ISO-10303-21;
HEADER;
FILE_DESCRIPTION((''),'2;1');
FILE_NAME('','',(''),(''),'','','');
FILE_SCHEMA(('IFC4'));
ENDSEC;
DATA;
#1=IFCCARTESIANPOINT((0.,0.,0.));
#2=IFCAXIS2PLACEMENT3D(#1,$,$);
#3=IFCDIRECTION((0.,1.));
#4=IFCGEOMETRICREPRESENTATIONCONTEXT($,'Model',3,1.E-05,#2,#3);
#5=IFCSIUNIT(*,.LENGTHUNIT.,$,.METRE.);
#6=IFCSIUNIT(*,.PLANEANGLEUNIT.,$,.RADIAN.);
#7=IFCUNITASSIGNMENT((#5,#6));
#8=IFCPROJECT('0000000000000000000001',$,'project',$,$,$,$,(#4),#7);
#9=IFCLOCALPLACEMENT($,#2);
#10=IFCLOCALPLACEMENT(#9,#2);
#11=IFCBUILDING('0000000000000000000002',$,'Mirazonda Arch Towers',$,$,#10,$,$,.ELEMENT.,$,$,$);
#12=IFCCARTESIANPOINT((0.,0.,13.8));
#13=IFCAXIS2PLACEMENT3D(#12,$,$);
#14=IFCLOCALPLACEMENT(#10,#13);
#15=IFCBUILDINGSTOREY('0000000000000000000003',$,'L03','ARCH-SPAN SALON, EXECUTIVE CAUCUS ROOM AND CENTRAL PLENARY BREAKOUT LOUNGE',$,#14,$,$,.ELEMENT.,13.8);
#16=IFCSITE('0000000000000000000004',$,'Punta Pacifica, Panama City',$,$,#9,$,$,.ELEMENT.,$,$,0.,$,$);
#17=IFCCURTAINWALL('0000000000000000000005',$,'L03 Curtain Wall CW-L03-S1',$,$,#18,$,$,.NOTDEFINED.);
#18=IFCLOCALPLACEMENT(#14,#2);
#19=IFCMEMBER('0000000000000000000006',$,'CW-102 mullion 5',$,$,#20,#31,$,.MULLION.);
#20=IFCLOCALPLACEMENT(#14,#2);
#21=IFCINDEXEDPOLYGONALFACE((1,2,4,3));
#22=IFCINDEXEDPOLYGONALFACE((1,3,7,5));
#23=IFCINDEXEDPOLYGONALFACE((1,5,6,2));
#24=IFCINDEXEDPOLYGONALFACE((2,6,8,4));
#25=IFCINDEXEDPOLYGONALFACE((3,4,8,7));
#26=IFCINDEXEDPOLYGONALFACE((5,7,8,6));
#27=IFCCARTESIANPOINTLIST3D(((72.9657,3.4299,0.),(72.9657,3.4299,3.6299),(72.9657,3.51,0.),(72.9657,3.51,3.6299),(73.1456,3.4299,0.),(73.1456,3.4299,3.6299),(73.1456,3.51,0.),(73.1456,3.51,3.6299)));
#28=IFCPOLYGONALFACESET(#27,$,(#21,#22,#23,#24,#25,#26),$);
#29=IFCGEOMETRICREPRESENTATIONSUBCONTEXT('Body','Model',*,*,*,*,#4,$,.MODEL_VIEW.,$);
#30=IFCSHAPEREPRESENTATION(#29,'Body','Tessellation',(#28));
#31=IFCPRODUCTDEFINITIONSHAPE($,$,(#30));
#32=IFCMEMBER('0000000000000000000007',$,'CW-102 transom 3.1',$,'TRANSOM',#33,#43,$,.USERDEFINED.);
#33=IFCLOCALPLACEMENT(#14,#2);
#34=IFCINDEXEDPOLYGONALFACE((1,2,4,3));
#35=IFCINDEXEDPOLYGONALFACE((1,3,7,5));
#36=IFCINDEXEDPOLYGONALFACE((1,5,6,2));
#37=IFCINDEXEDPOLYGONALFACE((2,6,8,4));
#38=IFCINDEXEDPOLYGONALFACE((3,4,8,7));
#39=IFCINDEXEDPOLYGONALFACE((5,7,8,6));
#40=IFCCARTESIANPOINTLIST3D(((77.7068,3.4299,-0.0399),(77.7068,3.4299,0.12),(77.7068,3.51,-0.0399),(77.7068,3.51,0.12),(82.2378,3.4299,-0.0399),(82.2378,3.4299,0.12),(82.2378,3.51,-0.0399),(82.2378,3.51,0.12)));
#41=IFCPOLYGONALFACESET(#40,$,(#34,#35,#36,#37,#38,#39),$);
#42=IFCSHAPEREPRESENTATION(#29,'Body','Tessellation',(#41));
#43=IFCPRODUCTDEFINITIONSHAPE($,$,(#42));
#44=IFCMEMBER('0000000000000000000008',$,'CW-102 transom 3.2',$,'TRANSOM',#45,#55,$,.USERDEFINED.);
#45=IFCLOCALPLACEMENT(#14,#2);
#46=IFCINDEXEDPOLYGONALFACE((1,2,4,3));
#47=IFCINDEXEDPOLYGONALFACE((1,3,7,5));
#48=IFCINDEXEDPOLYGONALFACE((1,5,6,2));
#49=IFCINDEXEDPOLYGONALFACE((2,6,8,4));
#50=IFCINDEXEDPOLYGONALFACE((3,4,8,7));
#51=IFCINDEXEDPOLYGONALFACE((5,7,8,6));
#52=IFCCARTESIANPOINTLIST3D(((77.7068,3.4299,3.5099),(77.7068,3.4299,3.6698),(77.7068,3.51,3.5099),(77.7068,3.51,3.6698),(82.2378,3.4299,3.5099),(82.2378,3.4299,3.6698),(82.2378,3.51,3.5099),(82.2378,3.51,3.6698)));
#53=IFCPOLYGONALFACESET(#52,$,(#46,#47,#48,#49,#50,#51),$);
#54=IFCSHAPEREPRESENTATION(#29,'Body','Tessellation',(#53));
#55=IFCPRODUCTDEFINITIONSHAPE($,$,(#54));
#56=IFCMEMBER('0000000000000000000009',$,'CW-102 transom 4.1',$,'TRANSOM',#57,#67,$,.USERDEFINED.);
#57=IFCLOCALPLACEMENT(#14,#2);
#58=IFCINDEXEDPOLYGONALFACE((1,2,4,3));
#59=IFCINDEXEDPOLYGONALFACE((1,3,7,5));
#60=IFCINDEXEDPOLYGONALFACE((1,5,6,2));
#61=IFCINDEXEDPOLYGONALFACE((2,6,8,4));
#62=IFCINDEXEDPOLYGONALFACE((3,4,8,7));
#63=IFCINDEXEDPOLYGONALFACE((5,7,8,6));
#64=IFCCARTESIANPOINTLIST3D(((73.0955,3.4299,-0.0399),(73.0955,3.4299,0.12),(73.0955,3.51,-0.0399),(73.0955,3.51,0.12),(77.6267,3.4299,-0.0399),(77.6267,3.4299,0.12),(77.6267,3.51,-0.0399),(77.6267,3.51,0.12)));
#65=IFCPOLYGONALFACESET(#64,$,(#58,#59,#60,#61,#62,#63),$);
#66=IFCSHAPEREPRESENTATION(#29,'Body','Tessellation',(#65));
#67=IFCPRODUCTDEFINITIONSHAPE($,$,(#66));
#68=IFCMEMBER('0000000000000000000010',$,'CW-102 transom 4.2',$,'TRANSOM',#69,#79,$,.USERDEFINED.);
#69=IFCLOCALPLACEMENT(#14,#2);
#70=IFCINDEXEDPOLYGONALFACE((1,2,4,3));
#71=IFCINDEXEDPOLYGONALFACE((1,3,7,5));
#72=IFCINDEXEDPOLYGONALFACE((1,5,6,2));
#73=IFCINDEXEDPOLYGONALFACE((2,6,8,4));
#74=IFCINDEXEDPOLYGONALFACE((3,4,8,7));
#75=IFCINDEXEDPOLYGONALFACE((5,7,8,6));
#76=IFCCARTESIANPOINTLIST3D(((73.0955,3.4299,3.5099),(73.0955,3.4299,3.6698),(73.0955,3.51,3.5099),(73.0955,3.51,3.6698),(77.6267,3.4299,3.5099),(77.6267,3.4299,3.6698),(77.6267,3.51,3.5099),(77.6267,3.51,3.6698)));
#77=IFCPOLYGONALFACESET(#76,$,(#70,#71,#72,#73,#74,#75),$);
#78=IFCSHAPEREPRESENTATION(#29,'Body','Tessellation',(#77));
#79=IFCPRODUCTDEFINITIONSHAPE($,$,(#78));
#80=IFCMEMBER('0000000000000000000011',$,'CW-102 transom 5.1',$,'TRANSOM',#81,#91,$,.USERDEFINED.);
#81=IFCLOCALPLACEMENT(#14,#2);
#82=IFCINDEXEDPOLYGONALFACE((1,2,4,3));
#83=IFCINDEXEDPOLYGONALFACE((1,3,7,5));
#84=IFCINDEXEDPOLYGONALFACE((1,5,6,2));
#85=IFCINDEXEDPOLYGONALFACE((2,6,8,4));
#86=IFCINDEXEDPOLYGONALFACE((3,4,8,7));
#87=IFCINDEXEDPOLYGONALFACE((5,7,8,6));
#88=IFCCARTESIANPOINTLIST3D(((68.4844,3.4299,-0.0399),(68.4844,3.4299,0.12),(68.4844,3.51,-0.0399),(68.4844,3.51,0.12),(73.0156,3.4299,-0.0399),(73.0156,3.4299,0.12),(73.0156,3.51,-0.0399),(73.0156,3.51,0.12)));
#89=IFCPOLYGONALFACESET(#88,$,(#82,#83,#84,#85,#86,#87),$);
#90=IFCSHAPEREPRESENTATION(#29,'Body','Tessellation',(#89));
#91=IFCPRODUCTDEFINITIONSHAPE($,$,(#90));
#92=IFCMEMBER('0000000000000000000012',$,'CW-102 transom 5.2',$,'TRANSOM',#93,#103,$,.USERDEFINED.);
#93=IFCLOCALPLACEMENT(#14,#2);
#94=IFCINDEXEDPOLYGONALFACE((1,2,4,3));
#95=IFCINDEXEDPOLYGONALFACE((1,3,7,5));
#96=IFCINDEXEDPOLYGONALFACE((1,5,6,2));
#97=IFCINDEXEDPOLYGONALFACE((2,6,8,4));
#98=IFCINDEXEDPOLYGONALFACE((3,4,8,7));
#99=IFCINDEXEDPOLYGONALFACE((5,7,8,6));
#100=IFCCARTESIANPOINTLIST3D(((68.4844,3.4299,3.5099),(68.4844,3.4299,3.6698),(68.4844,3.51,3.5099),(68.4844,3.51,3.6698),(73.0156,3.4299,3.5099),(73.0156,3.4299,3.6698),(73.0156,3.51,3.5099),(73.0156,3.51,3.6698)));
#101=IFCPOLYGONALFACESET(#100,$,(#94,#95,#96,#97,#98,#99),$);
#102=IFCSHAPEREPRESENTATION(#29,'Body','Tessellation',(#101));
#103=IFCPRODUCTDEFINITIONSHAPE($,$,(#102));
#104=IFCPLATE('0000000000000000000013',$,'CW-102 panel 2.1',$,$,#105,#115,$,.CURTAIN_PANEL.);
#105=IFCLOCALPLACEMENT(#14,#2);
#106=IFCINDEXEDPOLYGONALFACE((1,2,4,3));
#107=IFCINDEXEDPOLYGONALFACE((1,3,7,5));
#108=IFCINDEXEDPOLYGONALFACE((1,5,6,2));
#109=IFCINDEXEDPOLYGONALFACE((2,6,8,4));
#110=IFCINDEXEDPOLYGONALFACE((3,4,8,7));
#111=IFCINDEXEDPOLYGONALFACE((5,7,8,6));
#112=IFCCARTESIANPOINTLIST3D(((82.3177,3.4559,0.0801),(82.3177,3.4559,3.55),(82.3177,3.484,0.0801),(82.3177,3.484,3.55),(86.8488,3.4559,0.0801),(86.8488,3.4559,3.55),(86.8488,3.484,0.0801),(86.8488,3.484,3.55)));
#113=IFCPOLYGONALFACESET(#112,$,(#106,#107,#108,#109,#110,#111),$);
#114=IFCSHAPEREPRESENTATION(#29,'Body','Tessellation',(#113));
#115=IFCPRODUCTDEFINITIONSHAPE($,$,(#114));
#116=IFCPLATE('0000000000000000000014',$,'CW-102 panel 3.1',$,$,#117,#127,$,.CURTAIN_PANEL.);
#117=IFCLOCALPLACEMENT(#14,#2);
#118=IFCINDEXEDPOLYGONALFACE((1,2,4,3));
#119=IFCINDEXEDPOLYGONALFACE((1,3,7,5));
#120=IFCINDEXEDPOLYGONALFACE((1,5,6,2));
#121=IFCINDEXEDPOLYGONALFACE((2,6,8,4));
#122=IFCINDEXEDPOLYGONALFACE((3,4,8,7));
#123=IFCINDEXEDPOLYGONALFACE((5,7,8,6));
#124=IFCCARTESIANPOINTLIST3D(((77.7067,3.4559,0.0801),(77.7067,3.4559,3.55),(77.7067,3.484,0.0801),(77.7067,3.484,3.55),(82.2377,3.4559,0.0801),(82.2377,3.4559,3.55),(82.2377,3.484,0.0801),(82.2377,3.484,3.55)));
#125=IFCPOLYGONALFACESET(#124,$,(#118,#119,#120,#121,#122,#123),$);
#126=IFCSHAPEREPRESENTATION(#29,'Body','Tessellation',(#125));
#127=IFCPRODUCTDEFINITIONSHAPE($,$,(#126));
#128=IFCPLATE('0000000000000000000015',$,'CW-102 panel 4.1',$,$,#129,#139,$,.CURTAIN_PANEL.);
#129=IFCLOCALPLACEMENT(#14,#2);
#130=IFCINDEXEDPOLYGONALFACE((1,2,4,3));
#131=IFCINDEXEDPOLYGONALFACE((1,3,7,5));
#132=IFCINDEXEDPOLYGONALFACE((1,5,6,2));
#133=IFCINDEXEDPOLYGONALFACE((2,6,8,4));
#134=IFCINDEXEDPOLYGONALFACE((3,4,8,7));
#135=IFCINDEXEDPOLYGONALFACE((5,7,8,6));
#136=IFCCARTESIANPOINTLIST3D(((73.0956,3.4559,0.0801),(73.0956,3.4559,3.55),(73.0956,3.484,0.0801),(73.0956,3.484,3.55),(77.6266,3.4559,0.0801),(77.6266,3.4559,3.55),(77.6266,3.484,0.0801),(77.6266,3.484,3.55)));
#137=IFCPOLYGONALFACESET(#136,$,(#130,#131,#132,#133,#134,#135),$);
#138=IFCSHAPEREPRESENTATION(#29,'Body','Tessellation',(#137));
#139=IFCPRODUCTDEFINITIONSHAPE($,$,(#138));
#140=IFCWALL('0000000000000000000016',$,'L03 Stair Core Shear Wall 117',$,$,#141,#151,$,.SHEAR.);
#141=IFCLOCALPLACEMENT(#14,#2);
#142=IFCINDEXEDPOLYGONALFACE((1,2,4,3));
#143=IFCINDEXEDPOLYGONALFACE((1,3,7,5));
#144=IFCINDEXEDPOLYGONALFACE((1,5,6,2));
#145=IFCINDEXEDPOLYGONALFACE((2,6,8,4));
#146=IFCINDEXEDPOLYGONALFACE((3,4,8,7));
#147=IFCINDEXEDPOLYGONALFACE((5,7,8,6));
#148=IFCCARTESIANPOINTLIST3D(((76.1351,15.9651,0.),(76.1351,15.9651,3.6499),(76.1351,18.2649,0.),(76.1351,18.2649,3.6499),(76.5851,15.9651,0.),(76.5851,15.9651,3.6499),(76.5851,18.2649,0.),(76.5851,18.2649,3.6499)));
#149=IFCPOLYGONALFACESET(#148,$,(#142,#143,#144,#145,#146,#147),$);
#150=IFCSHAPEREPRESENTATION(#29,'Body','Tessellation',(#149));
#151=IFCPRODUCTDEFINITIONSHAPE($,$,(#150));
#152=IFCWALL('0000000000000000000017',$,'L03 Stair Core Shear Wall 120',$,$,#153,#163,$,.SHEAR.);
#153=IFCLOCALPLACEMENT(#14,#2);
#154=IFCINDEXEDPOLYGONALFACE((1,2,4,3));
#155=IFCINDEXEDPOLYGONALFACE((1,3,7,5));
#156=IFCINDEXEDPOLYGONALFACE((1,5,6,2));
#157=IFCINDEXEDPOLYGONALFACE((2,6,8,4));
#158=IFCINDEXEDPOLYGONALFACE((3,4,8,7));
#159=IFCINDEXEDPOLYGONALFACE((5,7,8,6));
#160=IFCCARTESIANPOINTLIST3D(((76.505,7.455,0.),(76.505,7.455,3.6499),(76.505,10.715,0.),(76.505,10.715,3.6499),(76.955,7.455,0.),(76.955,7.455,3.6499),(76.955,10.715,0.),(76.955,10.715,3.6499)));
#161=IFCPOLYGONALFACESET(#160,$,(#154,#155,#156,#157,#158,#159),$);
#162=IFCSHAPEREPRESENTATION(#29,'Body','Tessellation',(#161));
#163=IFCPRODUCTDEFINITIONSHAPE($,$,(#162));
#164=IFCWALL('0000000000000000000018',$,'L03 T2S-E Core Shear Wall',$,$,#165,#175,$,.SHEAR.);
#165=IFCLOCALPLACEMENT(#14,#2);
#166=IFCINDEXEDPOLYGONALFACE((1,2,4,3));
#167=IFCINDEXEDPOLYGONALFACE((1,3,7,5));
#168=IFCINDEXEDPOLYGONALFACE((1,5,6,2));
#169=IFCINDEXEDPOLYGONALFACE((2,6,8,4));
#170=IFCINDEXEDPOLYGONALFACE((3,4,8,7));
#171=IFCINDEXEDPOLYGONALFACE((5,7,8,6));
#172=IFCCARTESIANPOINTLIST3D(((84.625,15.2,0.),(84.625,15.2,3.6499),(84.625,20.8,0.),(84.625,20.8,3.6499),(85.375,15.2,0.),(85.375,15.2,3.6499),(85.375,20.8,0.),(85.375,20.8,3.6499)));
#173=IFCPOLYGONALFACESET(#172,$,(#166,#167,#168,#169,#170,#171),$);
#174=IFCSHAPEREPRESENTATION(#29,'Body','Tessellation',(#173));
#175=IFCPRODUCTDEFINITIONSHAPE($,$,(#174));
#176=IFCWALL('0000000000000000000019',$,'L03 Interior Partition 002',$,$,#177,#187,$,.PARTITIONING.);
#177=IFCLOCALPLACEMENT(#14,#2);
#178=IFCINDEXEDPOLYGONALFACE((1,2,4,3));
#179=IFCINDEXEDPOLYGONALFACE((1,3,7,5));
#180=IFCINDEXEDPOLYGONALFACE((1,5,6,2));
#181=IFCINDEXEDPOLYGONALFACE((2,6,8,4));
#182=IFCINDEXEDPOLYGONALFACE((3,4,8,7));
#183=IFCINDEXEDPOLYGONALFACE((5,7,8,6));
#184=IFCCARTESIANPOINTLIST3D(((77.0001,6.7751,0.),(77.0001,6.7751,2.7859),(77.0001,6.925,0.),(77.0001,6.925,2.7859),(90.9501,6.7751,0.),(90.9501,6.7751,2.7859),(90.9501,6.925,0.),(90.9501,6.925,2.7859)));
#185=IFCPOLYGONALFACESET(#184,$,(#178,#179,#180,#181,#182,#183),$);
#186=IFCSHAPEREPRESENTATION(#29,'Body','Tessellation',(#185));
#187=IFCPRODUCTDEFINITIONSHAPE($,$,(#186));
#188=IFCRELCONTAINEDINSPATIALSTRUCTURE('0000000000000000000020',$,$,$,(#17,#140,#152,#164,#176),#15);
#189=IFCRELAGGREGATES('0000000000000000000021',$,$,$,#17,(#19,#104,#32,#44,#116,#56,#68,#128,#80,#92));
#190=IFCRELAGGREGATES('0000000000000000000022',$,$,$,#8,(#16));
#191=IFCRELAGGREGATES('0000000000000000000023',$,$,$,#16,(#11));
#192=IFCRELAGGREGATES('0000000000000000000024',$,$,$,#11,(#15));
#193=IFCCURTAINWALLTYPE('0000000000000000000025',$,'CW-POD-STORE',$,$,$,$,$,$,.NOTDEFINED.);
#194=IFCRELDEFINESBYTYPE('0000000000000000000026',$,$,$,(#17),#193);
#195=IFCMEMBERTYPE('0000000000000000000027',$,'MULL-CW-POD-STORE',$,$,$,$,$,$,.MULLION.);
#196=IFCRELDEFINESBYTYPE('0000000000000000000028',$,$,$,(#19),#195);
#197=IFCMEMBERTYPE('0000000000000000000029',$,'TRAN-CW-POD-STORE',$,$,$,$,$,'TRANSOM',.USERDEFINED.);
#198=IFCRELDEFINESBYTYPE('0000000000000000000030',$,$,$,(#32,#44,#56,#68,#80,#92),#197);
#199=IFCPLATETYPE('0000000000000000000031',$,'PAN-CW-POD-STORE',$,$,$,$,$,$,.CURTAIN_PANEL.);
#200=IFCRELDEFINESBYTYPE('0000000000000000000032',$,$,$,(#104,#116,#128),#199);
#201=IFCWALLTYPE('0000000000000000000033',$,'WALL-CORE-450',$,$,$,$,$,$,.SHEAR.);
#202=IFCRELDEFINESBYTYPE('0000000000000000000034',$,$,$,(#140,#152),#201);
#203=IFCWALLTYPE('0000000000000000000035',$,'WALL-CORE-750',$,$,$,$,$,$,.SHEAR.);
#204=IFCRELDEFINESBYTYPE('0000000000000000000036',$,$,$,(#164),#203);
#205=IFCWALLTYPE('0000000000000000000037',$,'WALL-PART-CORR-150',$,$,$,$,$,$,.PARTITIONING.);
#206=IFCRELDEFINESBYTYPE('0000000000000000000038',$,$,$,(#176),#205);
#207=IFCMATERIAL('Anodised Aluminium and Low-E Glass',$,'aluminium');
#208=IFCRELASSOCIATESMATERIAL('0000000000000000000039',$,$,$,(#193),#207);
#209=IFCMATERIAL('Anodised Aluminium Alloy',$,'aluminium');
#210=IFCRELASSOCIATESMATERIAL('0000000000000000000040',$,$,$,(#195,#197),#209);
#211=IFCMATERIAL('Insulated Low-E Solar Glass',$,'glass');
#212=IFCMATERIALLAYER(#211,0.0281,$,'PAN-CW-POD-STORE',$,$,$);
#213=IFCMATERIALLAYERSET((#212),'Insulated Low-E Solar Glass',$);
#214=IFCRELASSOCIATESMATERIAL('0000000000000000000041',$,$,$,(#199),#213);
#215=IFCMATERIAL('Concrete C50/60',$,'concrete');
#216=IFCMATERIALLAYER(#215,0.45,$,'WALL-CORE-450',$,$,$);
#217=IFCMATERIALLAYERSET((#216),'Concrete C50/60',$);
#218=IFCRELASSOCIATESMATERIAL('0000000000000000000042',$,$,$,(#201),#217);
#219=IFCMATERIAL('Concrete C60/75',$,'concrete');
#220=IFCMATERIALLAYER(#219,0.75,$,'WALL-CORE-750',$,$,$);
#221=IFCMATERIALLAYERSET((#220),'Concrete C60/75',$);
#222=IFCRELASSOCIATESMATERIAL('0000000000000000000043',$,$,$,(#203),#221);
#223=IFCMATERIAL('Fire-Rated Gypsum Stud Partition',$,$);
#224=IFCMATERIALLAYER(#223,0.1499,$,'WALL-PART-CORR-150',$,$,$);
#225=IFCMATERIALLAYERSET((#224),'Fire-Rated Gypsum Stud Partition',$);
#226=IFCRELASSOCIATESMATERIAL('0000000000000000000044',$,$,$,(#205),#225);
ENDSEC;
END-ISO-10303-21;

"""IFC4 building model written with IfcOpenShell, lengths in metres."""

from ifc_helpers import new_model, si_unit, direction, frame, frame_2d, origin, origin_2d, place, context, subcontext, project, spatial, rectangle, extrude, material, layer, layer_set, material_profile, profile_set, type_object, element, aggregate, save


model = new_model("IFC4")

# Units and contexts
model_context = context("Model", 3, precision=1e-05, world=origin(), true_north=direction((0.0, 1.0)))
body_context = subcontext(model_context, "Body", "Model", "MODEL_VIEW")
ifc_project = project(units=[si_unit("LENGTHUNIT", "METRE"), si_unit("PLANEANGLEUNIT", "RADIAN")], contexts=[model_context])

# Site, building, storey
site_placement = place(None, origin())
site = spatial("IfcSite", under=ifc_project, at=site_placement, Name="Punta Pacifica, Panama City", CompositionType="ELEMENT", RefElevation=0.0)
building_placement = place(site_placement, origin())
building = spatial("IfcBuilding", under=site, at=building_placement, Name="Mirazonda Arch Towers", CompositionType="ELEMENT")
storey_placement = place(building_placement, frame((0.0, 0.0, 13.8)))
storey = spatial("IfcBuildingStorey", under=building, at=storey_placement, Name="L03", Description="ARCH-SPAN SALON, EXECUTIVE CAUCUS ROOM AND CENTRAL PLENARY BREAKOUT LOUNGE", CompositionType="ELEMENT", Elevation=13.8)

# Shared definitions
ifc_material_1 = material(Name="Concrete C60/75", Category="concrete")
ifc_material_2 = material(Name="Concrete C50/60", Category="concrete")

# Curtain wall, members, plates
ifc_material_3 = material(Name="Anodised Aluminium and Low-E Glass", Category="aluminium")
curtain_wall_type = type_object("IfcCurtainWallType", Name="CW-POD-STORE", PredefinedType="NOTDEFINED", material=ifc_material_3)
curtain_wall_placement = place(storey_placement, origin())
curtain_wall = element("IfcCurtainWall", 1, at=curtain_wall_placement, inside=storey, type_object=curtain_wall_type, Name="L03 Curtain Wall CW-L03-S1", PredefinedType="NOTDEFINED")
ifc_material_4 = material(Name="Anodised Aluminium Alloy", Category="aluminium")
ifc_material_profile_1 = material_profile(ifc_material_4, rectangle(XDim=0.0801, YDim=0.1799, at=origin_2d()), Name="ALU-MULL-80x180")
ifc_profile_set_1 = profile_set([ifc_material_profile_1], Name="Anodised Aluminium Alloy")
member_type_1 = type_object("IfcMemberType", Name="MULL-CW-POD-STORE", PredefinedType="MULLION", material=ifc_profile_set_1)
member_1_placement = place(storey_placement, frame((73.0557, 3.47, 0.0), z_axis=(0.0, 0.0, 1.0), x_axis=(0.0, -1.0, 0.0)))
member_1 = element("IfcMember", 2, at=member_1_placement, type_object=member_type_1, Name="CW-102 mullion 5", PredefinedType="MULLION", context=body_context, shape_type="SweptSolid", body=[
    extrude(rectangle(XDim=0.0801, YDim=0.1799, at=origin_2d()), origin(), (0.0, 0.0, 1.0), 3.6299),
])
ifc_material_profile_2 = material_profile(ifc_material_4, rectangle(XDim=0.0801, YDim=0.1599, at=origin_2d()), Name="ALU-TRAN-80x160")
ifc_profile_set_2 = profile_set([ifc_material_profile_2], Name="Anodised Aluminium Alloy")
member_type_2 = type_object("IfcMemberType", Name="TRAN-CW-POD-STORE", ElementType="TRANSOM", PredefinedType="USERDEFINED", material=ifc_profile_set_2)
member_2_placement = place(storey_placement, frame((82.2378, 3.47, 0.04), z_axis=(-1.0, 0.0, 0.0), x_axis=(0.0, -1.0, 0.0)))
member_2 = element("IfcMember", 3, at=member_2_placement, type_object=member_type_2, Name="CW-102 transom 3.1", ObjectType="TRANSOM", PredefinedType="USERDEFINED", context=body_context, shape_type="SweptSolid", body=[
    extrude(rectangle(XDim=0.0801, YDim=0.1599, at=origin_2d()), origin(), (0.0, 0.0, 1.0), 4.531),
])
member_3_placement = place(storey_placement, frame((82.2378, 3.47, 3.5898), z_axis=(-1.0, 0.0, 0.0), x_axis=(0.0, -1.0, 0.0)))
member_3 = element("IfcMember", 4, at=member_3_placement, type_object=member_type_2, Name="CW-102 transom 3.2", ObjectType="TRANSOM", PredefinedType="USERDEFINED", context=body_context, shape_type="SweptSolid", body=[
    extrude(rectangle(XDim=0.0801, YDim=0.1599, at=origin_2d()), origin(), (0.0, 0.0, 1.0), 4.531),
])
member_4_placement = place(storey_placement, frame((77.6267, 3.47, 0.04), z_axis=(-1.0, 0.0, 0.0), x_axis=(0.0, -1.0, 0.0)))
member_4 = element("IfcMember", 5, at=member_4_placement, type_object=member_type_2, Name="CW-102 transom 4.1", ObjectType="TRANSOM", PredefinedType="USERDEFINED", context=body_context, shape_type="SweptSolid", body=[
    extrude(rectangle(XDim=0.0801, YDim=0.1599, at=origin_2d()), origin(), (0.0, 0.0, 1.0), 4.5312),
])
member_5_placement = place(storey_placement, frame((77.6267, 3.47, 3.5898), z_axis=(-1.0, 0.0, 0.0), x_axis=(0.0, -1.0, 0.0)))
member_5 = element("IfcMember", 6, at=member_5_placement, type_object=member_type_2, Name="CW-102 transom 4.2", ObjectType="TRANSOM", PredefinedType="USERDEFINED", context=body_context, shape_type="SweptSolid", body=[
    extrude(rectangle(XDim=0.0801, YDim=0.1599, at=origin_2d()), origin(), (0.0, 0.0, 1.0), 4.5312),
])
member_6_placement = place(storey_placement, frame((73.0156, 3.47, 0.04), z_axis=(-1.0, 0.0, 0.0), x_axis=(0.0, -1.0, 0.0)))
member_6 = element("IfcMember", 7, at=member_6_placement, type_object=member_type_2, Name="CW-102 transom 5.1", ObjectType="TRANSOM", PredefinedType="USERDEFINED", context=body_context, shape_type="SweptSolid", body=[
    extrude(rectangle(XDim=0.0801, YDim=0.1599, at=origin_2d()), origin(), (0.0, 0.0, 1.0), 4.5312),
])
member_7_placement = place(storey_placement, frame((73.0156, 3.47, 3.5898), z_axis=(-1.0, 0.0, 0.0), x_axis=(0.0, -1.0, 0.0)))
member_7 = element("IfcMember", 8, at=member_7_placement, type_object=member_type_2, Name="CW-102 transom 5.2", ObjectType="TRANSOM", PredefinedType="USERDEFINED", context=body_context, shape_type="SweptSolid", body=[
    extrude(rectangle(XDim=0.0801, YDim=0.1599, at=origin_2d()), origin(), (0.0, 0.0, 1.0), 4.5312),
])
ifc_material_5 = material(Name="Insulated Low-E Solar Glass", Category="glass")
ifc_layer_1 = layer(ifc_material_5, 0.0281, Name="PAN-CW-POD-STORE")
ifc_layer_set_1 = layer_set([ifc_layer_1], Name="Insulated Low-E Solar Glass")
plate_type = type_object("IfcPlateType", Name="PAN-CW-POD-STORE", PredefinedType="CURTAIN_PANEL", material=ifc_layer_set_1)
plate_1_placement = place(storey_placement, frame((84.5833, 3.47, 0.0801), z_axis=(0.0, 0.0, 1.0), x_axis=(-1.0, 0.0, 0.0)))
plate_1 = element("IfcPlate", 9, at=plate_1_placement, type_object=plate_type, Name="CW-102 panel 2.1", PredefinedType="CURTAIN_PANEL", context=body_context, shape_type="SweptSolid", body=[
    extrude(rectangle(XDim=4.531, YDim=0.0281, at=origin_2d()), origin(), (0.0, 0.0, 1.0), 3.47),
])
plate_2_placement = place(storey_placement, frame((79.9722, 3.47, 0.0801), z_axis=(0.0, 0.0, 1.0), x_axis=(-1.0, 0.0, 0.0)))
plate_2 = element("IfcPlate", 10, at=plate_2_placement, type_object=plate_type, Name="CW-102 panel 3.1", PredefinedType="CURTAIN_PANEL", context=body_context, shape_type="SweptSolid", body=[
    extrude(rectangle(XDim=4.531, YDim=0.0281, at=origin_2d()), origin(), (0.0, 0.0, 1.0), 3.47),
])
plate_3_placement = place(storey_placement, frame((75.3611, 3.47, 0.0801), z_axis=(0.0, 0.0, 1.0), x_axis=(-1.0, 0.0, 0.0)))
plate_3 = element("IfcPlate", 11, at=plate_3_placement, type_object=plate_type, Name="CW-102 panel 4.1", PredefinedType="CURTAIN_PANEL", context=body_context, shape_type="SweptSolid", body=[
    extrude(rectangle(XDim=4.531, YDim=0.0281, at=origin_2d()), origin(), (0.0, 0.0, 1.0), 3.47),
])
aggregate(curtain_wall, [member_1, plate_1, member_2, member_3, plate_2, member_4, member_5, plate_3, member_6, member_7])

# Walls
ifc_layer_2 = layer(ifc_material_2, 0.45, Name="WALL-CORE-450")
ifc_layer_set_2 = layer_set([ifc_layer_2], Name="Concrete C50/60")
wall_type_1 = type_object("IfcWallType", Name="WALL-CORE-450", PredefinedType="SHEAR", material=ifc_layer_set_2)
wall_1_placement = place(storey_placement, frame((76.3601, 15.9651, 0.0), z_axis=(0.0, 0.0, 1.0), x_axis=(0.0, 1.0, 0.0)))
element("IfcWall", 12, at=wall_1_placement, inside=storey, type_object=wall_type_1, Name="L03 Stair Core Shear Wall 117", PredefinedType="SHEAR", context=body_context, shape_type="SweptSolid", body=[
    extrude(rectangle(XDim=2.2998, YDim=0.45, at=frame_2d((1.1499, 0.0))), origin(), (0.0, 0.0, 1.0), 3.6499),
])
wall_2_placement = place(storey_placement, frame((76.73, 7.4551, 0.0), z_axis=(0.0, 0.0, 1.0), x_axis=(0.0, 1.0, 0.0)))
element("IfcWall", 13, at=wall_2_placement, inside=storey, type_object=wall_type_1, Name="L03 Stair Core Shear Wall 120", PredefinedType="SHEAR", context=body_context, shape_type="SweptSolid", body=[
    extrude(rectangle(XDim=3.26, YDim=0.45, at=frame_2d((1.6299, 0.0))), origin(), (0.0, 0.0, 1.0), 3.6499),
])
ifc_layer_3 = layer(ifc_material_1, 0.75, Name="WALL-CORE-750")
ifc_layer_set_3 = layer_set([ifc_layer_3], Name="Concrete C60/75")
wall_type_2 = type_object("IfcWallType", Name="WALL-CORE-750", PredefinedType="SHEAR", material=ifc_layer_set_3)
wall_3_placement = place(storey_placement, frame((85.0, 15.2, 0.0), z_axis=(0.0, 0.0, 1.0), x_axis=(0.0, 1.0, 0.0)))
element("IfcWall", 14, at=wall_3_placement, inside=storey, type_object=wall_type_2, Name="L03 T2S-E Core Shear Wall", PredefinedType="SHEAR", context=body_context, shape_type="SweptSolid", body=[
    extrude(rectangle(XDim=5.6001, YDim=0.75, at=frame_2d((2.8, 0.0))), origin(), (0.0, 0.0, 1.0), 3.6499),
])
ifc_material_6 = material(Name="Fire-Rated Gypsum Stud Partition")
ifc_layer_4 = layer(ifc_material_6, 0.1499, Name="WALL-PART-CORR-150")
ifc_layer_set_4 = layer_set([ifc_layer_4], Name="Fire-Rated Gypsum Stud Partition")
wall_type_3 = type_object("IfcWallType", Name="WALL-PART-CORR-150", PredefinedType="PARTITIONING", material=ifc_layer_set_4)
wall_4_placement = place(storey_placement, frame((77.0, 6.8501, 0.0), z_axis=(0.0, 0.0, 1.0), x_axis=(1.0, 0.0, 0.0)))
element("IfcWall", 15, at=wall_4_placement, inside=storey, type_object=wall_type_3, Name="L03 Interior Partition 002", PredefinedType="PARTITIONING", context=body_context, shape_type="SweptSolid", body=[
    extrude(rectangle(XDim=13.95, YDim=0.1499, at=frame_2d((6.9751, 0.0))), origin(), (0.0, 0.0, 1.0), 2.7859),
])

save(model, "model.ifc")
